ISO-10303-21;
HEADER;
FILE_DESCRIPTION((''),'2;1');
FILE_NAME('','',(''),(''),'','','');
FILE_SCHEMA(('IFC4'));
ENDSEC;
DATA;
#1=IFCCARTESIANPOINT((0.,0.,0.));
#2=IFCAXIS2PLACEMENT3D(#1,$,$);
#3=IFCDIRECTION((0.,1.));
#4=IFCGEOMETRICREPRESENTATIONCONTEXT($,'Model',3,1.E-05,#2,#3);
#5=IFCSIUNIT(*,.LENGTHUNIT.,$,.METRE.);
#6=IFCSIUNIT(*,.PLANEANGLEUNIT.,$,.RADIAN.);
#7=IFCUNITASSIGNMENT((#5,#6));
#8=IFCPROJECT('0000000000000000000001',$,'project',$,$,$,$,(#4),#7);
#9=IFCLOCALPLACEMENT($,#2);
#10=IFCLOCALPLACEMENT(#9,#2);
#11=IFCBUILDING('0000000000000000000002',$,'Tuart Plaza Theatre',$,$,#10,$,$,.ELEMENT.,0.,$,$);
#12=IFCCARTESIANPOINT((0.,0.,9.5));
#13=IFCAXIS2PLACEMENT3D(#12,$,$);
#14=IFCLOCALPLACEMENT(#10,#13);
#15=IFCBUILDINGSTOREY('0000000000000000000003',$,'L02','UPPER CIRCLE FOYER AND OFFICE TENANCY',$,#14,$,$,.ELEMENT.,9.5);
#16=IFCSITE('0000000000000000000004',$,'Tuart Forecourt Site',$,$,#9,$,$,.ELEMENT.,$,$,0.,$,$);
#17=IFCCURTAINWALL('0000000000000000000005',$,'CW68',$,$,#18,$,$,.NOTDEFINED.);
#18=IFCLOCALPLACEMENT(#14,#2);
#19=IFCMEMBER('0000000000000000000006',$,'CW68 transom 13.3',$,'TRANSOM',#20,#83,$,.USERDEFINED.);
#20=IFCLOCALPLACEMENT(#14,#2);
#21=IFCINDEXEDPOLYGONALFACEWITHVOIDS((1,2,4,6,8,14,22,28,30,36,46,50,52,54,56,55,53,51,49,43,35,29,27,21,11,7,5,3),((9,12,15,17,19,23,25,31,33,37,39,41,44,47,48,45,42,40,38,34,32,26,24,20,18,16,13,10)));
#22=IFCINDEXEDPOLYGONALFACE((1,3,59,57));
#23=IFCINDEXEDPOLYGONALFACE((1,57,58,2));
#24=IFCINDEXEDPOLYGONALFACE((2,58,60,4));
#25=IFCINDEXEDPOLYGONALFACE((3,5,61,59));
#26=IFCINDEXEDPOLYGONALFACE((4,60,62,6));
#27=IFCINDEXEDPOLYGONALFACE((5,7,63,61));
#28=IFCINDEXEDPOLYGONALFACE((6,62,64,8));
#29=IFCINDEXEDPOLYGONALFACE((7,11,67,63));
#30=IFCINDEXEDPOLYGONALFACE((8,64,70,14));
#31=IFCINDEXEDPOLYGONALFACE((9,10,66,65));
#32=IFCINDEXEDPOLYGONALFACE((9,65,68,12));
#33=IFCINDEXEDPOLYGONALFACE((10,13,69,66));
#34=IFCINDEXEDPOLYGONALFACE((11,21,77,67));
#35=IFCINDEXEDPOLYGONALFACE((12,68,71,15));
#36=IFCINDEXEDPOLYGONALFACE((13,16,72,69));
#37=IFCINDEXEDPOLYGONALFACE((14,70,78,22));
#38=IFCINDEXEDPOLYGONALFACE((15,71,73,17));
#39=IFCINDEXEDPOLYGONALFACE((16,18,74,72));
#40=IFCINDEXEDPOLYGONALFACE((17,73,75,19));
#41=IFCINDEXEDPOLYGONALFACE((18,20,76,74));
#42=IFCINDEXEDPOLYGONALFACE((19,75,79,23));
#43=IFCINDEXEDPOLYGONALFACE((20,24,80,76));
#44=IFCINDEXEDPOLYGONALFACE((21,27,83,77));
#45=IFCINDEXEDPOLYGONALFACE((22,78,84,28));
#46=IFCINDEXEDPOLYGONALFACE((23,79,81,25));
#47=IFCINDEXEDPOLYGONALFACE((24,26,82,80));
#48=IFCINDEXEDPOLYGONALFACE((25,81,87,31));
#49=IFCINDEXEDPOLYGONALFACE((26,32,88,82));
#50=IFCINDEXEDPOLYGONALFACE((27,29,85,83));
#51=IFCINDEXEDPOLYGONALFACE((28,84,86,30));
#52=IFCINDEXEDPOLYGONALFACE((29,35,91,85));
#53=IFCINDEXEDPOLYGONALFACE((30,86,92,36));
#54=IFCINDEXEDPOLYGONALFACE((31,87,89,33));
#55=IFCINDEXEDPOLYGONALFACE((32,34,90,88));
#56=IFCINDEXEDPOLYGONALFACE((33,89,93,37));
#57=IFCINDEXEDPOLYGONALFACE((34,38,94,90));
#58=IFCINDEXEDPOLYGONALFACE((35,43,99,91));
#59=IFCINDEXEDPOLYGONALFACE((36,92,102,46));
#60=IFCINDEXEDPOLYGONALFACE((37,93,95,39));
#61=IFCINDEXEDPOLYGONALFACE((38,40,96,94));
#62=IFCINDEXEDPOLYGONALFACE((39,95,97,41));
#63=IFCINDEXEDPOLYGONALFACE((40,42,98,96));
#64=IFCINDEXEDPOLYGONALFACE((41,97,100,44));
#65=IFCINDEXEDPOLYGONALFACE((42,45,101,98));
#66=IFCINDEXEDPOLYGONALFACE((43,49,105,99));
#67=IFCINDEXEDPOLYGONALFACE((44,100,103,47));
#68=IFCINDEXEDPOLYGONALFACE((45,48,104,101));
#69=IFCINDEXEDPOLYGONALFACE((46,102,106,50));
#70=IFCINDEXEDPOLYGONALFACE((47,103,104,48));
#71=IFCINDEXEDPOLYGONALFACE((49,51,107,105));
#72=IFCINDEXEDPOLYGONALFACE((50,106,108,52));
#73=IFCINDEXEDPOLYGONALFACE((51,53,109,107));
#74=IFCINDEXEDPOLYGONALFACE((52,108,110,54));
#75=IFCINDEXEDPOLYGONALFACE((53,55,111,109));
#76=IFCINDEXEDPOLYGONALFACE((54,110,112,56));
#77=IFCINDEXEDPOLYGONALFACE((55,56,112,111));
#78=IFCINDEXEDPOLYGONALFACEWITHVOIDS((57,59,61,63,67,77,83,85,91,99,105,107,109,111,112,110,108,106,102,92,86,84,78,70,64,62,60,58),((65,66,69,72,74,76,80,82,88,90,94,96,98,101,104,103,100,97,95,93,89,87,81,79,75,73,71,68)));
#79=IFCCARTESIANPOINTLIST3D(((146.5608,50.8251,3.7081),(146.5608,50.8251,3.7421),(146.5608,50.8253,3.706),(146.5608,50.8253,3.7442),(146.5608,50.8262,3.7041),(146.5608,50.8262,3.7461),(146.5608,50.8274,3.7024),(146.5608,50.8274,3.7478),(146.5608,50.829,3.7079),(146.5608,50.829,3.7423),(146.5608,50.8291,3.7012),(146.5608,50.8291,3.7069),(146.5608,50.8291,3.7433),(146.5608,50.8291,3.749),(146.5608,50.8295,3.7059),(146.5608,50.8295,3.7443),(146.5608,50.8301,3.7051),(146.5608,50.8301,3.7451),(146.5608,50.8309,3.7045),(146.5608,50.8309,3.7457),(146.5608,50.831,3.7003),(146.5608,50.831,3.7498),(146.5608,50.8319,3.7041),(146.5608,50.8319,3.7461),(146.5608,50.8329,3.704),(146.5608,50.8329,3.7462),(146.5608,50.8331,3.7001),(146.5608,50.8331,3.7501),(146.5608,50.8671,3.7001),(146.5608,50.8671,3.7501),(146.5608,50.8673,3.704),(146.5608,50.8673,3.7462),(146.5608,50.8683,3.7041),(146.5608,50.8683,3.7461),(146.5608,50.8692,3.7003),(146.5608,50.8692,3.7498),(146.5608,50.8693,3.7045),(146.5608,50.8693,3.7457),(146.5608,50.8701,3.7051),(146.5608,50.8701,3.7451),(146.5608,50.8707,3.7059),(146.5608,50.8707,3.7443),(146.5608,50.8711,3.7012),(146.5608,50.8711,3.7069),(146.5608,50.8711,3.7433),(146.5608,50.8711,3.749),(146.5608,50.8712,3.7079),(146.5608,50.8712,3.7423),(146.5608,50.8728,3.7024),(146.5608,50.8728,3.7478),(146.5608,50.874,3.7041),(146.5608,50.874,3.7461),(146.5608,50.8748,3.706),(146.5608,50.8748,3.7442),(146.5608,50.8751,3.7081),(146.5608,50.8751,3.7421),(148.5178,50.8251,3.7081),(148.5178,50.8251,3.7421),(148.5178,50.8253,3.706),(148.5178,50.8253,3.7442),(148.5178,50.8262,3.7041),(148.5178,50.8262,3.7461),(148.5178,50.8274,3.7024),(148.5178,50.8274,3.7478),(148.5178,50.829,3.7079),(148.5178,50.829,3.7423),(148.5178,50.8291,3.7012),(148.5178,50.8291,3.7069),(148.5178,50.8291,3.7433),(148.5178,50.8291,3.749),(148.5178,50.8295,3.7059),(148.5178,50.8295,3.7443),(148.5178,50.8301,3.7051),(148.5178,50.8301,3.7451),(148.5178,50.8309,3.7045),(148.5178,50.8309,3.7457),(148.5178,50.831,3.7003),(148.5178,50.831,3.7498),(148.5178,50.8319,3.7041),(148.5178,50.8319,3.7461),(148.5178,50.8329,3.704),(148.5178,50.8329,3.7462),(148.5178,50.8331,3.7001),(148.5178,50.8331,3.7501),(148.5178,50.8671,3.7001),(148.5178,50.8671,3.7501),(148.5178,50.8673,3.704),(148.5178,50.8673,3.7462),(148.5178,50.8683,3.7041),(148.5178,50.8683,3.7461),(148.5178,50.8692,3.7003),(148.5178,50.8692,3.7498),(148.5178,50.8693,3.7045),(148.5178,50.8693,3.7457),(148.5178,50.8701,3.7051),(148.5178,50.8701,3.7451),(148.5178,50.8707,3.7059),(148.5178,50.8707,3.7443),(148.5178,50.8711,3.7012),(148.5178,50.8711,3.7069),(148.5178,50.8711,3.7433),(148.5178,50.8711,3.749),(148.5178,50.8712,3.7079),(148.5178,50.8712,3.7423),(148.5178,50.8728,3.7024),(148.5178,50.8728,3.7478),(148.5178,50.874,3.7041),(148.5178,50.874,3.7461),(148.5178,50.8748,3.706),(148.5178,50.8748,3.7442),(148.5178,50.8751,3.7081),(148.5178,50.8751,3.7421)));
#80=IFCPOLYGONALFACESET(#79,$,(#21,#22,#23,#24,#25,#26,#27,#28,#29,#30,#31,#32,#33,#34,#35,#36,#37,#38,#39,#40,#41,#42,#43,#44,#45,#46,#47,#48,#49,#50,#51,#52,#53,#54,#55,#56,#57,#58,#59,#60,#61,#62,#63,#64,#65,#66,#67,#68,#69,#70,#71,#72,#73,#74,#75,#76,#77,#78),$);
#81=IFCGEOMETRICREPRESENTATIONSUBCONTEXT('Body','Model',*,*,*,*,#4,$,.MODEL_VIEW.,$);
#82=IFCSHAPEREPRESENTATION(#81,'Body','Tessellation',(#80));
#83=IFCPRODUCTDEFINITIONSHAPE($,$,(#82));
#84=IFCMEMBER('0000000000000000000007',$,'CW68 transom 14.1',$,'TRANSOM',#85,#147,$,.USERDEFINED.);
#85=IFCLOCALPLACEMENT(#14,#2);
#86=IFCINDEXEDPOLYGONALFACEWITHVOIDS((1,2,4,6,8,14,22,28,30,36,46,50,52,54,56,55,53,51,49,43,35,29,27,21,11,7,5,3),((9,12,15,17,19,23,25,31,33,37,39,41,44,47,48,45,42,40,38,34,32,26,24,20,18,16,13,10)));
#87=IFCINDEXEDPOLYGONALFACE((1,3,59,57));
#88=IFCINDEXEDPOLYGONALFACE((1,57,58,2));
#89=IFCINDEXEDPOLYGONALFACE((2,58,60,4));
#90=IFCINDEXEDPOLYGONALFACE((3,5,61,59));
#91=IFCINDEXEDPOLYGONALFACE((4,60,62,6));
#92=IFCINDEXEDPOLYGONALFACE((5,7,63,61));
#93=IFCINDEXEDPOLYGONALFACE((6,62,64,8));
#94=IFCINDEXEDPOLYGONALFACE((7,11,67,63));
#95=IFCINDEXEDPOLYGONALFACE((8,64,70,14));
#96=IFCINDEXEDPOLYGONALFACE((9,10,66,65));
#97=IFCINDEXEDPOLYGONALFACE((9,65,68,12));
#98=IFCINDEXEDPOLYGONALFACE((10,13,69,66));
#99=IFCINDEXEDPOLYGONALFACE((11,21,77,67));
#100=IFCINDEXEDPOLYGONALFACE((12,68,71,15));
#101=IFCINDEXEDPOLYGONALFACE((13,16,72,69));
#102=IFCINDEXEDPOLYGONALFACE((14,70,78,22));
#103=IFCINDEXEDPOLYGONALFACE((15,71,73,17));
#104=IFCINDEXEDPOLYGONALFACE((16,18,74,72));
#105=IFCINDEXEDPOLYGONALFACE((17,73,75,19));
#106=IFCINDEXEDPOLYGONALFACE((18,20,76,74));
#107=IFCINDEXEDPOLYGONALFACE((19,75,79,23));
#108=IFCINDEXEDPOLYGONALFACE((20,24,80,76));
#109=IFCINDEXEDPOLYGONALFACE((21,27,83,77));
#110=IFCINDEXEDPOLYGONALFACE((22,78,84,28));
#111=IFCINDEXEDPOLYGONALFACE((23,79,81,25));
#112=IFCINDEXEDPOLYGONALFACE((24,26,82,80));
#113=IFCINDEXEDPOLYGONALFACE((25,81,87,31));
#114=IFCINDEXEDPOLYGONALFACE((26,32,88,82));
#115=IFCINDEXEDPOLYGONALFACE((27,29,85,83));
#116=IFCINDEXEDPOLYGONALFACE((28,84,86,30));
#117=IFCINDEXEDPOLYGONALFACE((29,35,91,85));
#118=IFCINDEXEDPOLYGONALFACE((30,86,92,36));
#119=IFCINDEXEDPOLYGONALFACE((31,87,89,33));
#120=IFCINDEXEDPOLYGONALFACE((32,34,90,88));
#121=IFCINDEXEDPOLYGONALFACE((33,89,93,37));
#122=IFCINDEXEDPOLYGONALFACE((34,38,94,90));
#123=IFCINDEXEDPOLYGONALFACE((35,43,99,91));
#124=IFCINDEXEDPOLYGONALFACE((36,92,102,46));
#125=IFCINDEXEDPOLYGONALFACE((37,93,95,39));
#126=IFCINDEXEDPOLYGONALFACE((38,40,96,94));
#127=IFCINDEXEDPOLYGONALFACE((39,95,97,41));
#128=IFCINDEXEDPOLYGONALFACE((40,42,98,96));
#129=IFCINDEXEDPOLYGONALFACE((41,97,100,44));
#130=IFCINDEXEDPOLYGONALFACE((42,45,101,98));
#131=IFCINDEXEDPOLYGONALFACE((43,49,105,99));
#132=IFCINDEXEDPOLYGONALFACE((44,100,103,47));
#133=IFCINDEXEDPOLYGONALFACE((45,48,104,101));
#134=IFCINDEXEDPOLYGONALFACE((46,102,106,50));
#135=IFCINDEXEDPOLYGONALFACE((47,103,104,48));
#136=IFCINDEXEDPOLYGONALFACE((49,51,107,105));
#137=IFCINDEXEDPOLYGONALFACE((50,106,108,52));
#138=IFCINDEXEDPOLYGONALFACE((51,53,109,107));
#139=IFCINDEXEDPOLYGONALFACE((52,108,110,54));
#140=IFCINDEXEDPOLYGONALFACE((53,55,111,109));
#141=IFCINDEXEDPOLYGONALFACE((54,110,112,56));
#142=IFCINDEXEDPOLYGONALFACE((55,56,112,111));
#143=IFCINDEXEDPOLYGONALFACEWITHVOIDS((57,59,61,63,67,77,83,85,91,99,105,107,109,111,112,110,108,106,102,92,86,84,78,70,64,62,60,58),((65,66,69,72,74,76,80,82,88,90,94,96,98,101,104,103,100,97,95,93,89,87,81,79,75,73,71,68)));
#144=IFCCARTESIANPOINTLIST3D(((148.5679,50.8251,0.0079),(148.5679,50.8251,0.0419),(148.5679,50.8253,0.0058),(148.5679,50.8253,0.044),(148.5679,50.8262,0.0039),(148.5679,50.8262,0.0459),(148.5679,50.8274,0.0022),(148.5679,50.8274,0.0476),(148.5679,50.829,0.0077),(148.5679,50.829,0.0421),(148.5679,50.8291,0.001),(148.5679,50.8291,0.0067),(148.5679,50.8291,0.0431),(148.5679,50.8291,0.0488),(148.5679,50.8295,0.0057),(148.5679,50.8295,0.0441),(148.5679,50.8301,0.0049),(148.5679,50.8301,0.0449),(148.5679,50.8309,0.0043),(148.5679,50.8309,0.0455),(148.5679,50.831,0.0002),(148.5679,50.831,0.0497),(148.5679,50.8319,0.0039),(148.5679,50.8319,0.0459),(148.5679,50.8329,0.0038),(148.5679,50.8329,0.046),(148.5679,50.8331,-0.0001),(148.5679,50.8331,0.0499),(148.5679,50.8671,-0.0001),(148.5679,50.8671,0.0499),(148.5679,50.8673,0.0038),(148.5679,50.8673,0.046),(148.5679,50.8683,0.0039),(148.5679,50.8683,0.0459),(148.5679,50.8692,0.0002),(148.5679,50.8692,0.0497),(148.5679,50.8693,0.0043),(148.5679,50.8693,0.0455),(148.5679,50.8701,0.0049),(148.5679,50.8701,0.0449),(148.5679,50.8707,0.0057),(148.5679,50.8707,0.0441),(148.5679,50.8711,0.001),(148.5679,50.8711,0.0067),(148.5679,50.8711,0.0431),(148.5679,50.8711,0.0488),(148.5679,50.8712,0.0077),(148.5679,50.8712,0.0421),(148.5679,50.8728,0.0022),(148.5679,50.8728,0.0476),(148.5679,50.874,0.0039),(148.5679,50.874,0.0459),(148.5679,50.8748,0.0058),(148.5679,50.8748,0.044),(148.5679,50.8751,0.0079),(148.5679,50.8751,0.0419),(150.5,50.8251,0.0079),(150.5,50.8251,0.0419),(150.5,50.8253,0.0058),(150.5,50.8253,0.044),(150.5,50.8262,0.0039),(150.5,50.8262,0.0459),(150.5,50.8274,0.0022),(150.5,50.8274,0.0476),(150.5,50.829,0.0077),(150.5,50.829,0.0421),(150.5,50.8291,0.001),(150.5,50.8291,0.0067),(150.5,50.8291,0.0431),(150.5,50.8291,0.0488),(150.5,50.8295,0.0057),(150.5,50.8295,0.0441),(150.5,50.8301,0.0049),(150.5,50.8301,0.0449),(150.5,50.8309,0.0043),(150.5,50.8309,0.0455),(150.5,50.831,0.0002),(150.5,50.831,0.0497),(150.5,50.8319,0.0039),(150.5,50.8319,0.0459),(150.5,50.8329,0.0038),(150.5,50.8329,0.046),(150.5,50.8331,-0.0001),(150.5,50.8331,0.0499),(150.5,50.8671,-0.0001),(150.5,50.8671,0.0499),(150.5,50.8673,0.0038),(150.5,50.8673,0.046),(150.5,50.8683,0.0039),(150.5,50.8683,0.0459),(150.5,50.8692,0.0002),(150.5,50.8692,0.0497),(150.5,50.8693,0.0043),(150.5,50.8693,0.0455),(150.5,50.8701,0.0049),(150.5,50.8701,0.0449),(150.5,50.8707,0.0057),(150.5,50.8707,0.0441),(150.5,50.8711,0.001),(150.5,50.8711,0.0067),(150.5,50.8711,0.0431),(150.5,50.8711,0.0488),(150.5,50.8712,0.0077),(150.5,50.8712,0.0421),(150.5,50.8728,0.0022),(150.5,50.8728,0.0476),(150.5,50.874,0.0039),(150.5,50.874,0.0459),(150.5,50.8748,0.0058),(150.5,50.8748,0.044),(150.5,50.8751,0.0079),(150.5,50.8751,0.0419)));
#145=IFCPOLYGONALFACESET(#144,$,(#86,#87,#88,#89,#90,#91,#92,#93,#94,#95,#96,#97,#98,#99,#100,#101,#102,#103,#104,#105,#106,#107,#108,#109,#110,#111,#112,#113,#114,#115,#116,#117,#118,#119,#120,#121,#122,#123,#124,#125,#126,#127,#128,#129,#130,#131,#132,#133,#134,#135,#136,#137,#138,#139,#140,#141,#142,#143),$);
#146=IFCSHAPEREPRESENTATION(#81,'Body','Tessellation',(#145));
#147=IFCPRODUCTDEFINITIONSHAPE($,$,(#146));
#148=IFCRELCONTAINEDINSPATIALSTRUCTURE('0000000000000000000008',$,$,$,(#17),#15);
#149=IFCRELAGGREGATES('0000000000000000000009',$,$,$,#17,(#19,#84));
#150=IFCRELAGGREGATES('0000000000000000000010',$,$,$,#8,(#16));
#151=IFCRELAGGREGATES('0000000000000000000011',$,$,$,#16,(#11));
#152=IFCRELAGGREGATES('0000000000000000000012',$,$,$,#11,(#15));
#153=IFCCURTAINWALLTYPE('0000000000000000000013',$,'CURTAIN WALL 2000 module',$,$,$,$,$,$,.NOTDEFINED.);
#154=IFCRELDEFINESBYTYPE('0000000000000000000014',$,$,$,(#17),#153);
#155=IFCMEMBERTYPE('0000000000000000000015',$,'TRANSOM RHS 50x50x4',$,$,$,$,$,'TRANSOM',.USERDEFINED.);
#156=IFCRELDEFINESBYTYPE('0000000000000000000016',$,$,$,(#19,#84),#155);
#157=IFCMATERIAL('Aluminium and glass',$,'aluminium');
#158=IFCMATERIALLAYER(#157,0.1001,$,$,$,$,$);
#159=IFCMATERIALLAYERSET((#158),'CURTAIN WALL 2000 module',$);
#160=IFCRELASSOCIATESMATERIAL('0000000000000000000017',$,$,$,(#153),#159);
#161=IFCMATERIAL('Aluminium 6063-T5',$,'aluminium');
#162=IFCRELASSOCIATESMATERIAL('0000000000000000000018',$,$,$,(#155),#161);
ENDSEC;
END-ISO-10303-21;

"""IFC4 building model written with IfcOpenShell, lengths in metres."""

from ifc_helpers import new_model, si_unit, direction, frame, origin, origin_2d, place, context, subcontext, project, spatial, hollow_rectangle, extrude, material, layer, layer_set, material_profile, profile_set, type_object, element, aggregate, save


model = new_model("IFC4")

# Units and contexts
model_context = context("Model", 3, precision=1e-05, world=origin(), true_north=direction((0.0, 1.0)))
body_context = subcontext(model_context, "Body", "Model", "MODEL_VIEW")
ifc_project = project(units=[si_unit("LENGTHUNIT", "METRE"), si_unit("PLANEANGLEUNIT", "RADIAN")], contexts=[model_context])

# Site, building, storey
site_placement = place(None, origin())
site = spatial("IfcSite", under=ifc_project, at=site_placement, Name="Tuart Forecourt Site", CompositionType="ELEMENT", RefElevation=0.0)
building_placement = place(site_placement, origin())
building = spatial("IfcBuilding", under=site, at=building_placement, Name="Tuart Plaza Theatre", CompositionType="ELEMENT", ElevationOfRefHeight=0.0)
storey_placement = place(building_placement, frame((0.0, 0.0, 9.5)))
storey = spatial("IfcBuildingStorey", under=building, at=storey_placement, Name="L02", Description="UPPER CIRCLE FOYER AND OFFICE TENANCY", CompositionType="ELEMENT", Elevation=9.5)

# Curtain wall
ifc_material_1 = material(Name="Aluminium and glass", Category="aluminium")
ifc_layer_1 = layer(ifc_material_1, 0.1001)
ifc_layer_set_1 = layer_set([ifc_layer_1], Name="CURTAIN WALL 2000 module")
curtain_wall_type = type_object("IfcCurtainWallType", Name="CURTAIN WALL 2000 module", PredefinedType="NOTDEFINED", material=ifc_layer_set_1)
curtain_wall_1_placement = place(storey_placement, origin())
curtain_wall_1 = element("IfcCurtainWall", 1, at=curtain_wall_1_placement, inside=storey, type_object=curtain_wall_type, Name="CW68", PredefinedType="NOTDEFINED")

# Members
ifc_material_2 = material(Name="Aluminium 6063-T5", Category="aluminium")
ifc_material_profile_1 = material_profile(ifc_material_2, hollow_rectangle(XDim=0.05, YDim=0.05, WallThickness=0.0039, InnerFilletRadius=0.0039, OuterFilletRadius=0.0081, at=origin_2d()), Name="RHS 50x50x4")
ifc_profile_set_1 = profile_set([ifc_material_profile_1], Name="Aluminium 6063-T5")
member_type_1 = type_object("IfcMemberType", Name="TRANSOM RHS 50x50x4", ElementType="TRANSOM", PredefinedType="USERDEFINED", material=ifc_profile_set_1)
member_1_placement = place(storey_placement, frame((146.5608, 50.8501, 3.7251), z_axis=(1.0, 0.0, 0.0), x_axis=(0.0, 1.0, 0.0)))
member_1 = element("IfcMember", 2, at=member_1_placement, type_object=member_type_1, Name="CW68 transom 13.3", ObjectType="TRANSOM", PredefinedType="USERDEFINED", context=body_context, shape_type="SweptSolid", body=[
    extrude(hollow_rectangle(XDim=0.05, YDim=0.05, WallThickness=0.0039, InnerFilletRadius=0.0039, OuterFilletRadius=0.0081, at=origin_2d()), origin(), (0.0, 0.0, 1.0), 1.957),
])
member_2_placement = place(storey_placement, frame((148.5679, 50.8501, 0.0249), z_axis=(1.0, 0.0, 0.0), x_axis=(0.0, 1.0, 0.0)))
member_2 = element("IfcMember", 3, at=member_2_placement, type_object=member_type_1, Name="CW68 transom 14.1", ObjectType="TRANSOM", PredefinedType="USERDEFINED", context=body_context, shape_type="SweptSolid", body=[
    extrude(hollow_rectangle(XDim=0.05, YDim=0.05, WallThickness=0.0039, InnerFilletRadius=0.0039, OuterFilletRadius=0.0081, at=origin_2d()), origin(), (0.0, 0.0, 1.0), 1.9321),
])

aggregate(curtain_wall_1, [member_1, member_2])

save(model, "model.ifc")
